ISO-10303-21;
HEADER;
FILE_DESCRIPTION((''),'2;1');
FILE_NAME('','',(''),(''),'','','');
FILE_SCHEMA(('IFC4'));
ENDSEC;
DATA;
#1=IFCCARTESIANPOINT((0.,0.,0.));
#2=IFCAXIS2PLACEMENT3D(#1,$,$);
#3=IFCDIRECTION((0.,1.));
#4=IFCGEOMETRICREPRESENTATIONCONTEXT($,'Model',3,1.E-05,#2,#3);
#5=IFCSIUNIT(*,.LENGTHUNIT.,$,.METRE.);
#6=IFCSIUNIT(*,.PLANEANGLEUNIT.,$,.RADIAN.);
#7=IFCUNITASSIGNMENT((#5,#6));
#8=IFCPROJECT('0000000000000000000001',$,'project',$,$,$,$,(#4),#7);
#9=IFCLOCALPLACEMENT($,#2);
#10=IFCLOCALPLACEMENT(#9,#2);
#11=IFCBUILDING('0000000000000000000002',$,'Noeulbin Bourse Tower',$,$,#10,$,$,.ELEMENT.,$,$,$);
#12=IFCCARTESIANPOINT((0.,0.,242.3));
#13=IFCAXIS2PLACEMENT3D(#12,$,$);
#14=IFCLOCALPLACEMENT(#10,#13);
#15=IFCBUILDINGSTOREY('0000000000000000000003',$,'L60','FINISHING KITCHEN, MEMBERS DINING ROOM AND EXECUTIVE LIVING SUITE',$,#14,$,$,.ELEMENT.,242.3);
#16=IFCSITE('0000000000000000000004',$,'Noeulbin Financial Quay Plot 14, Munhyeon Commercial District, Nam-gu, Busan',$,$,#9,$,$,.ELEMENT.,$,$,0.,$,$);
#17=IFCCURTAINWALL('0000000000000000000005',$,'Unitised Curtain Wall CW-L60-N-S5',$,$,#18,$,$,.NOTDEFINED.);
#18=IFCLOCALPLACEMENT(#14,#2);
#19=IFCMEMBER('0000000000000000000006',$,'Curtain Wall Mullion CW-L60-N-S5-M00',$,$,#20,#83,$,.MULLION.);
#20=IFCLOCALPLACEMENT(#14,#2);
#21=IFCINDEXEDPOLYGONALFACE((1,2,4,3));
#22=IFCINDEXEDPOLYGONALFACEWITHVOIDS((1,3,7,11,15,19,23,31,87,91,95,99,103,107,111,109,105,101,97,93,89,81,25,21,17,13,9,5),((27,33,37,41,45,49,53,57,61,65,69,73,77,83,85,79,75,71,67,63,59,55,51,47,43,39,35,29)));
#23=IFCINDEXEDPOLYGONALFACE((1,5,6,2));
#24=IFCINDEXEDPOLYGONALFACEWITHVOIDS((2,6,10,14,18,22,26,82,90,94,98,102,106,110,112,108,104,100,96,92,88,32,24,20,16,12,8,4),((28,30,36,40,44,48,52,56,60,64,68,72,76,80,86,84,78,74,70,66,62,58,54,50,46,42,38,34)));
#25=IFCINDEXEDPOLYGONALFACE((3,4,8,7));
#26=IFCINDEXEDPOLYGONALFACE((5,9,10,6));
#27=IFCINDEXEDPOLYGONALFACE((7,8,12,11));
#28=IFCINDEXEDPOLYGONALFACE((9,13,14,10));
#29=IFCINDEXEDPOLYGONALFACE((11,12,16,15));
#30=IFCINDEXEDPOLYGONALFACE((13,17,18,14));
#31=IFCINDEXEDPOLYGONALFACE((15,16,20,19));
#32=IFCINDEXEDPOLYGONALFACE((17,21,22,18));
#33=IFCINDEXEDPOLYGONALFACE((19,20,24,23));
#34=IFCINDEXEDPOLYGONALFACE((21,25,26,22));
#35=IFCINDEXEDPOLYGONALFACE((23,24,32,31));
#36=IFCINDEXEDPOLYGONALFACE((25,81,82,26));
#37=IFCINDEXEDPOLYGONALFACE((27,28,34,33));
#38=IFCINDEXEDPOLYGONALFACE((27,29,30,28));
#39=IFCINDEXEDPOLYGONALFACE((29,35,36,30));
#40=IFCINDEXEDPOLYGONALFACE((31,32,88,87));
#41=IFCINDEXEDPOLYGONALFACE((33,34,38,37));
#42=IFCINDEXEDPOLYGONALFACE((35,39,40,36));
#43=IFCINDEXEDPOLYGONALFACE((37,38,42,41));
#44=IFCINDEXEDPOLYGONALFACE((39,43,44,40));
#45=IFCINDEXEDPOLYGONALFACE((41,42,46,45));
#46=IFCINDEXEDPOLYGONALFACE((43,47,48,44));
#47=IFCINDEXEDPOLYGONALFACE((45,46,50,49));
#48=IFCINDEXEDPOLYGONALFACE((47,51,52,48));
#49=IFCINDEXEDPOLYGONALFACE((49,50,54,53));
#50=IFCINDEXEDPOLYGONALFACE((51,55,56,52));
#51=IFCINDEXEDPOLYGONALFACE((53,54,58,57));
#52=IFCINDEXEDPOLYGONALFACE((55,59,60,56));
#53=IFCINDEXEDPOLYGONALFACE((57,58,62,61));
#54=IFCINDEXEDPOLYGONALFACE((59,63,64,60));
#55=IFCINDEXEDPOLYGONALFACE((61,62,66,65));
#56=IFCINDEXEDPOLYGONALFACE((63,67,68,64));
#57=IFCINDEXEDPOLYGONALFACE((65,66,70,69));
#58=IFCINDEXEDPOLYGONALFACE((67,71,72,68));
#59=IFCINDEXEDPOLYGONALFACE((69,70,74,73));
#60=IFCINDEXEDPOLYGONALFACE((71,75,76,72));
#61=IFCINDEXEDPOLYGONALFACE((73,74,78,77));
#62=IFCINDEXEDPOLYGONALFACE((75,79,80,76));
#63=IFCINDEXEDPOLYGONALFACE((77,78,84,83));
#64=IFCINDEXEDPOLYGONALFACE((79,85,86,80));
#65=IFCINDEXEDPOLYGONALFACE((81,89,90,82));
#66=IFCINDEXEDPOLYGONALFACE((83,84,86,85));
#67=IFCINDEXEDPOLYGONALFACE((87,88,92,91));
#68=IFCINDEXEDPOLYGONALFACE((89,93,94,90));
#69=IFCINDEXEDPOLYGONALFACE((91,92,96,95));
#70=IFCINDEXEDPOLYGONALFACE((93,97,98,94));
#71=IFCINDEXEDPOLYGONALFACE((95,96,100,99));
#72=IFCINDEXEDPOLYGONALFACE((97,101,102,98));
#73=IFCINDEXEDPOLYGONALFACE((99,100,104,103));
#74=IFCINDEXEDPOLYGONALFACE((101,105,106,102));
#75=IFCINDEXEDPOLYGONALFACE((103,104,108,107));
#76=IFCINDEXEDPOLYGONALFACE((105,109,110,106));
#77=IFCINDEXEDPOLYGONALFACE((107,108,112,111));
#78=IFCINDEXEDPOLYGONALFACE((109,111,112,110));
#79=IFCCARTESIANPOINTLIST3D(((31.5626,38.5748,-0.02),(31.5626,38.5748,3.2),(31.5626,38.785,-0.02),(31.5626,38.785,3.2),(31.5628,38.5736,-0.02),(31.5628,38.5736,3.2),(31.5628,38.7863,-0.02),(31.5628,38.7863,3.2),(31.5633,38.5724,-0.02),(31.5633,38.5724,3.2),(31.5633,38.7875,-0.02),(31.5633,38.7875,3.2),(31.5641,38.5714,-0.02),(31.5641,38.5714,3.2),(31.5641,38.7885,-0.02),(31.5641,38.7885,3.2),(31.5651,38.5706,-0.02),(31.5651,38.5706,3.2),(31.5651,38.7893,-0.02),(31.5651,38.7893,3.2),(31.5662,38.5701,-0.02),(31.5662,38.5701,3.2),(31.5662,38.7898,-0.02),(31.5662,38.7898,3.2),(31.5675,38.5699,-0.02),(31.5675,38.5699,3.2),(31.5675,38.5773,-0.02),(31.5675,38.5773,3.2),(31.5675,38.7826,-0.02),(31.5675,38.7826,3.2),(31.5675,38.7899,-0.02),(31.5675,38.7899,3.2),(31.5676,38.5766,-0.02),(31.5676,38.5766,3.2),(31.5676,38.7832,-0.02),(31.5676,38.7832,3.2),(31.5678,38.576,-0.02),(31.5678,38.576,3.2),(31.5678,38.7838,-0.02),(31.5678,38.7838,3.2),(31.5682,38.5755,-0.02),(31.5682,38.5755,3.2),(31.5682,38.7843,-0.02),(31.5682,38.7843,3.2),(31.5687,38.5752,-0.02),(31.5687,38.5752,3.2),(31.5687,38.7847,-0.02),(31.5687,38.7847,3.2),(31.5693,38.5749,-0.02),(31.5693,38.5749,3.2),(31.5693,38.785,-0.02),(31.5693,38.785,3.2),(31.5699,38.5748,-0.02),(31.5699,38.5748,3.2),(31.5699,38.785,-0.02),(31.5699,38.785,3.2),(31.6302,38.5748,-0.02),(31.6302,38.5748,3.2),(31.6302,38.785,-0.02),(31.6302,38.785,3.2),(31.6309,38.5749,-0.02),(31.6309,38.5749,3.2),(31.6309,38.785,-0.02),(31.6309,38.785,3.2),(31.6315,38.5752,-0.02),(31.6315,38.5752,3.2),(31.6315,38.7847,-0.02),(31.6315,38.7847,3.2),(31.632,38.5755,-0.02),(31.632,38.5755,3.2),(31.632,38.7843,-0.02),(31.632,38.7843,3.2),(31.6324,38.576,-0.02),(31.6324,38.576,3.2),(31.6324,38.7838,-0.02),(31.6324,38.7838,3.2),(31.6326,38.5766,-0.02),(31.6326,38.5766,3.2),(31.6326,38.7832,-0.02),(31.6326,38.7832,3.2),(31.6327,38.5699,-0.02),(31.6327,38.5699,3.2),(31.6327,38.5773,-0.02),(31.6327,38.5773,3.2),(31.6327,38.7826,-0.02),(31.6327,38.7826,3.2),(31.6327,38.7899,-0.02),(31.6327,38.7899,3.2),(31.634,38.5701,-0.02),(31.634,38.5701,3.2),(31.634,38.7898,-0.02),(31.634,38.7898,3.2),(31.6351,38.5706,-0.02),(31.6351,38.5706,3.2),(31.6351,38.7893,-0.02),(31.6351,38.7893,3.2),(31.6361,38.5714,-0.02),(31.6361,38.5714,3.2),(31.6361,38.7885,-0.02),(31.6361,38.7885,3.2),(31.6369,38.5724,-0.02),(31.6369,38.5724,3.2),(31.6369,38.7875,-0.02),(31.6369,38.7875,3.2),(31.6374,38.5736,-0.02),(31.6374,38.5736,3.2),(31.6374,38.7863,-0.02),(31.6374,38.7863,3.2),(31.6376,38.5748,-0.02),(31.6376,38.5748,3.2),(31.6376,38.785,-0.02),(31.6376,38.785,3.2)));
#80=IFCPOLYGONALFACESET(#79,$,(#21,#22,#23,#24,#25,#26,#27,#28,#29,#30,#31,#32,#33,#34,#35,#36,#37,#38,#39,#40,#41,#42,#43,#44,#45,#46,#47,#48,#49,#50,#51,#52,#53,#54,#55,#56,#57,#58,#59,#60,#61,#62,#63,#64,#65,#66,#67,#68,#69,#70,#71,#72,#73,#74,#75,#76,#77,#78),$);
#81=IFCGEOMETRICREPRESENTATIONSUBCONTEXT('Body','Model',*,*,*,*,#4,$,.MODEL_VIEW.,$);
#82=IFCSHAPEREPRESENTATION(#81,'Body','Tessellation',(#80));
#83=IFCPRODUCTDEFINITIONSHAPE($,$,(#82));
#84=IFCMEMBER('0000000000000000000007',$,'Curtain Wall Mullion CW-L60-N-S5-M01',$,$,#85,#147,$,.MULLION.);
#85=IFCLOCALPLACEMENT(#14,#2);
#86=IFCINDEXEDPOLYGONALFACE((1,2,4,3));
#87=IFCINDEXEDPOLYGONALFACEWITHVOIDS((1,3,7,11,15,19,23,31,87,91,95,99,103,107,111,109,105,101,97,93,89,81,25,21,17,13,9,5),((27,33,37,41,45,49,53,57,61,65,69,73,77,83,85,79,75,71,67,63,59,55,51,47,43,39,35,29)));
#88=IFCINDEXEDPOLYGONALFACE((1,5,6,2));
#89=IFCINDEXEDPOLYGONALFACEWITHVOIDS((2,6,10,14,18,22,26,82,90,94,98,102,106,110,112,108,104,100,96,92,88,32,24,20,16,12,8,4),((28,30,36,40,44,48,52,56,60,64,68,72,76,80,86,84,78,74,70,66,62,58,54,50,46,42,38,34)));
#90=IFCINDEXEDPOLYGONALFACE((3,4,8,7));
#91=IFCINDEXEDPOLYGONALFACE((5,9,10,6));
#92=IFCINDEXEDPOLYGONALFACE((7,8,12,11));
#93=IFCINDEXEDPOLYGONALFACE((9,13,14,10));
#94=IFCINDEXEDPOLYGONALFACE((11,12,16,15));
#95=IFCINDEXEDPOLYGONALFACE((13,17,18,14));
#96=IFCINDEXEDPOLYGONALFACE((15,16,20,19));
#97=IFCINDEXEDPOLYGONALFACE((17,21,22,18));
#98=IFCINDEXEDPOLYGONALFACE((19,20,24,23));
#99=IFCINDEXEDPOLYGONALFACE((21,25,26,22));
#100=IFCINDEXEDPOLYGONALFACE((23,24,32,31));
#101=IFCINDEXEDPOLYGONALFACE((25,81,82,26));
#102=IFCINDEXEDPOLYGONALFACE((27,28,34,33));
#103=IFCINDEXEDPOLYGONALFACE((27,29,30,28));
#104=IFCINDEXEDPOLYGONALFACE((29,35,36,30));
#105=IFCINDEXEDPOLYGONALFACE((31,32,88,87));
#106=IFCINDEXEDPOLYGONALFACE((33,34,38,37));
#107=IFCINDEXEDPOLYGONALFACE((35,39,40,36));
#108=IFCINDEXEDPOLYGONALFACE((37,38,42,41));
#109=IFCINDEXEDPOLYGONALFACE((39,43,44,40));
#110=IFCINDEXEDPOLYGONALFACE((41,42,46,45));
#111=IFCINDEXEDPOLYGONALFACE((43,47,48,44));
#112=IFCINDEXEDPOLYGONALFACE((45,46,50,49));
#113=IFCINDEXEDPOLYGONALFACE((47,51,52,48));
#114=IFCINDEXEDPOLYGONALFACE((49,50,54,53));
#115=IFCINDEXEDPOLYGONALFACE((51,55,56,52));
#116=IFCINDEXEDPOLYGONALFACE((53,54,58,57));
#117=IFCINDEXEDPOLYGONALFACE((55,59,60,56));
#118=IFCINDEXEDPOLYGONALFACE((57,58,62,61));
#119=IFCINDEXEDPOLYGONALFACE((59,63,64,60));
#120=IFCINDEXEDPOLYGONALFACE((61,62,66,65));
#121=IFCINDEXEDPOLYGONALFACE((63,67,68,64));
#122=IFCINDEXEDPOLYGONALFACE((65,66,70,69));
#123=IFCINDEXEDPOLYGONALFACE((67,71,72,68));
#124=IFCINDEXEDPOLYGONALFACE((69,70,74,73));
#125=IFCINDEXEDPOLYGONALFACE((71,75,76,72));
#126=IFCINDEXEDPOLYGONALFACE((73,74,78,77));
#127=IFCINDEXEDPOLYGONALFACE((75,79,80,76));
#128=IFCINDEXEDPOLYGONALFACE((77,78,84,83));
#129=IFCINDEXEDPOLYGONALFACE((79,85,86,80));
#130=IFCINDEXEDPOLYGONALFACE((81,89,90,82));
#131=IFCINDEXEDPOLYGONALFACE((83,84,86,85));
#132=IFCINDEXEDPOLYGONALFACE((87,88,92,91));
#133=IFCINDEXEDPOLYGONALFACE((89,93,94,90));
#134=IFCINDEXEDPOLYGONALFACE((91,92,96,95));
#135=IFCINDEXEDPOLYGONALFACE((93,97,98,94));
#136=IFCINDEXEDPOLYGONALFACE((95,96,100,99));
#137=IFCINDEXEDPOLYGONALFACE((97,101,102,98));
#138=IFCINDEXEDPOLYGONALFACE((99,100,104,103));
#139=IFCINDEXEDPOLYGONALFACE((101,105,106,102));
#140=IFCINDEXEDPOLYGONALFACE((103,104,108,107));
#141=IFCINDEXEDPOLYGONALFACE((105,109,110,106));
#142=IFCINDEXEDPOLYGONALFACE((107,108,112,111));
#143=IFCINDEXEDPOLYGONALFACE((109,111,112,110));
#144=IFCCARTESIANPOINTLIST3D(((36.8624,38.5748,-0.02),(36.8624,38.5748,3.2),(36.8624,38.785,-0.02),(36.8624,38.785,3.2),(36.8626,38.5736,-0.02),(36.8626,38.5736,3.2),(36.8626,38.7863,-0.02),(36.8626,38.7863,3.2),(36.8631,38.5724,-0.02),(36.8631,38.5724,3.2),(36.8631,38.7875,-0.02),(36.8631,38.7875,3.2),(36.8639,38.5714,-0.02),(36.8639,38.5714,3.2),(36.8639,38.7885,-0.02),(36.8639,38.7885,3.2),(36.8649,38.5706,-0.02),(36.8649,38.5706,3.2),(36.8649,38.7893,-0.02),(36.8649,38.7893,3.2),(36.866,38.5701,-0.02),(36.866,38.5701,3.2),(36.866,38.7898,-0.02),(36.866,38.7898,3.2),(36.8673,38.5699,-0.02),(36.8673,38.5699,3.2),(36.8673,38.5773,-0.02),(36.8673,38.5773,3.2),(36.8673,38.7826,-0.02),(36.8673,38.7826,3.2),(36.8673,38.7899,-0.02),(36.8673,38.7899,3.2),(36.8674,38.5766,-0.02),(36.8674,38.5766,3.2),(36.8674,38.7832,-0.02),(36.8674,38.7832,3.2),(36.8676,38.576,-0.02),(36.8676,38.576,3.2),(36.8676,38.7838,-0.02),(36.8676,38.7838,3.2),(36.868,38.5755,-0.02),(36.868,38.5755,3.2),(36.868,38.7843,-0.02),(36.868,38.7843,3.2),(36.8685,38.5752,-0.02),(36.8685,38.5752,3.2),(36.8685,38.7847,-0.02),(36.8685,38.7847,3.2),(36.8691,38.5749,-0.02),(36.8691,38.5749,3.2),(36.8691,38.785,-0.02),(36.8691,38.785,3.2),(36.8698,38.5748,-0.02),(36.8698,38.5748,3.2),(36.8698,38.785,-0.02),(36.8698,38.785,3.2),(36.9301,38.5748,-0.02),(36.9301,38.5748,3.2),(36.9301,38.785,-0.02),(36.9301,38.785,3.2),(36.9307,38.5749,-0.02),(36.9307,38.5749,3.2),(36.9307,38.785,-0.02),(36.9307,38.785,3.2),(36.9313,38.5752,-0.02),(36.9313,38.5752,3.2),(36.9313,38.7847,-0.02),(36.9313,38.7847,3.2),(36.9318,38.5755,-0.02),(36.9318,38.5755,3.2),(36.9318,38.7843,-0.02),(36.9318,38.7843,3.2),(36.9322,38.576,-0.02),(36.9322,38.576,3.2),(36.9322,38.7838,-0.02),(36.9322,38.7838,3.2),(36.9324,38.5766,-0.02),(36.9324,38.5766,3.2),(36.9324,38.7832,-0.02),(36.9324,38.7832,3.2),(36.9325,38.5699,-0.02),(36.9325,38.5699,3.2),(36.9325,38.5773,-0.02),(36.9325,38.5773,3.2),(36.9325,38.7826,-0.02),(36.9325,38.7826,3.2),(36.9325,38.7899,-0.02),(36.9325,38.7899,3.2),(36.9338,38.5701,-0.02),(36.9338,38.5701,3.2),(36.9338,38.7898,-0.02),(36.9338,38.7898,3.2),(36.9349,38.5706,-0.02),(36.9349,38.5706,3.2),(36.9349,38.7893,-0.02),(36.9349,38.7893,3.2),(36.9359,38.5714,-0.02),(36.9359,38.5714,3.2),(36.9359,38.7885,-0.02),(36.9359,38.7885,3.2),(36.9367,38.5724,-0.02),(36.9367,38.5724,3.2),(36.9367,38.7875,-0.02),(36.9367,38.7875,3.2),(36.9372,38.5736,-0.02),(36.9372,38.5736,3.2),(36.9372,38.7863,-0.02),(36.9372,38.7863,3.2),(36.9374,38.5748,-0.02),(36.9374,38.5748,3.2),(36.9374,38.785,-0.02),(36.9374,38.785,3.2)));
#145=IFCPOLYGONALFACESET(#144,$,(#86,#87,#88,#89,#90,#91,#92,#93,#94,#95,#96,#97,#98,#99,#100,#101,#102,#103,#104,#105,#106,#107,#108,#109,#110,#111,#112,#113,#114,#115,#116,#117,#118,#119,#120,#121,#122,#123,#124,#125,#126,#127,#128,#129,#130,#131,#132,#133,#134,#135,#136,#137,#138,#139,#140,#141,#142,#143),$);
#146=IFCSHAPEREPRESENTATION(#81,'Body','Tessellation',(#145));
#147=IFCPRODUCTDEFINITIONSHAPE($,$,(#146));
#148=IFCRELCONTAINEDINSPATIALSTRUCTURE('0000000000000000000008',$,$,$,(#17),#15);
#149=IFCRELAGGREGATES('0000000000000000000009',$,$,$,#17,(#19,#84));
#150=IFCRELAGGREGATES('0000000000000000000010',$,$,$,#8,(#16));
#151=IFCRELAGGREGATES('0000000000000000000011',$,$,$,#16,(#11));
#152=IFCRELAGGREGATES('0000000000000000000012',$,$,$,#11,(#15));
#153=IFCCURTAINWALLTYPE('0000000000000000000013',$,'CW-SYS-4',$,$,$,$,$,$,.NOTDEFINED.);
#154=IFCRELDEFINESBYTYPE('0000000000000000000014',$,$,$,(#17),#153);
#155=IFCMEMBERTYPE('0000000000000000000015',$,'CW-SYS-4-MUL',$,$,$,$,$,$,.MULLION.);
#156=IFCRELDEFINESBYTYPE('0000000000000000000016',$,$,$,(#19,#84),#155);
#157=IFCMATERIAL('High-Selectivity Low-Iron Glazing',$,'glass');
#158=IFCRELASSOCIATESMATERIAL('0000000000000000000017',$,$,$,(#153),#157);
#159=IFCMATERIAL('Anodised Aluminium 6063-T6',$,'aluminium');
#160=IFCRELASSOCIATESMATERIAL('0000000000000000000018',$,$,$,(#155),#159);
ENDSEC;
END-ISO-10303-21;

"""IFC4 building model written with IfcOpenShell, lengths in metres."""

from ifc_helpers import new_model, si_unit, direction, frame, origin, origin_2d, place, context, subcontext, project, spatial, hollow_rectangle, extrude, material, material_profile, profile_set, type_object, element, aggregate, save


model = new_model("IFC4")

# Units and contexts
model_context = context("Model", 3, precision=1e-05, world=origin(), true_north=direction((0.0, 1.0)))
body_context = subcontext(model_context, "Body", "Model", "MODEL_VIEW")
ifc_project = project(units=[si_unit("LENGTHUNIT", "METRE"), si_unit("PLANEANGLEUNIT", "RADIAN")], contexts=[model_context])

# Site, building, storey
site_placement = place(None, origin())
site = spatial("IfcSite", under=ifc_project, at=site_placement, Name="Noeulbin Financial Quay Plot 14, Munhyeon Commercial District, Nam-gu, Busan", CompositionType="ELEMENT", RefElevation=0.0)
building_placement = place(site_placement, origin())
building = spatial("IfcBuilding", under=site, at=building_placement, Name="Noeulbin Bourse Tower", CompositionType="ELEMENT")
storey_placement = place(building_placement, frame((0.0, 0.0, 242.3)))
storey = spatial("IfcBuildingStorey", under=building, at=storey_placement, Name="L60", Description="FINISHING KITCHEN, MEMBERS DINING ROOM AND EXECUTIVE LIVING SUITE", CompositionType="ELEMENT", Elevation=242.3)

# Curtain wall, members
ifc_material_1 = material(Name="High-Selectivity Low-Iron Glazing", Category="glass")
curtain_wall_type = type_object("IfcCurtainWallType", Name="CW-SYS-4", PredefinedType="NOTDEFINED", material=ifc_material_1)
ifc_material_2 = material(Name="Anodised Aluminium 6063-T6", Category="aluminium")
ifc_material_profile_1 = material_profile(ifc_material_2, hollow_rectangle(XDim=0.075, YDim=0.22, WallThickness=0.0049, InnerFilletRadius=0.0024, OuterFilletRadius=0.0049, at=origin_2d()), Name="ALU-MULL-75x220x5", Category="LoadBearing")
ifc_profile_set_1 = profile_set([ifc_material_profile_1], Name="Anodised Aluminium 6063-T6")
member_type_1 = type_object("IfcMemberType", Name="CW-SYS-4-MUL", PredefinedType="MULLION", material=ifc_profile_set_1)
curtain_wall_1_placement = place(storey_placement, origin())
curtain_wall_1 = element("IfcCurtainWall", 1, at=curtain_wall_1_placement, inside=storey, type_object=curtain_wall_type, Name="Unitised Curtain Wall CW-L60-N-S5", PredefinedType="NOTDEFINED")
member_1_placement = place(storey_placement, frame((31.6001, 38.6799, -0.02), z_axis=(0.0, 0.0, 1.0), x_axis=(1.0, 0.0, 0.0)))
member_1 = element("IfcMember", 2, at=member_1_placement, type_object=member_type_1, Name="Curtain Wall Mullion CW-L60-N-S5-M00", PredefinedType="MULLION", context=body_context, shape_type="SweptSolid", body=[
    extrude(hollow_rectangle(XDim=0.075, YDim=0.22, WallThickness=0.0049, InnerFilletRadius=0.0024, OuterFilletRadius=0.0049, at=origin_2d()), origin(), (0.0, 0.0, 1.0), 3.22),
])
member_2_placement = place(storey_placement, frame((36.8999, 38.6799, -0.02), z_axis=(0.0, 0.0, 1.0), x_axis=(1.0, 0.0, 0.0)))
member_2 = element("IfcMember", 3, at=member_2_placement, type_object=member_type_1, Name="Curtain Wall Mullion CW-L60-N-S5-M01", PredefinedType="MULLION", context=body_context, shape_type="SweptSolid", body=[
    extrude(hollow_rectangle(XDim=0.075, YDim=0.22, WallThickness=0.0049, InnerFilletRadius=0.0024, OuterFilletRadius=0.0049, at=origin_2d()), origin(), (0.0, 0.0, 1.0), 3.22),
])

aggregate(curtain_wall_1, [member_1, member_2])

save(model, "model.ifc")
